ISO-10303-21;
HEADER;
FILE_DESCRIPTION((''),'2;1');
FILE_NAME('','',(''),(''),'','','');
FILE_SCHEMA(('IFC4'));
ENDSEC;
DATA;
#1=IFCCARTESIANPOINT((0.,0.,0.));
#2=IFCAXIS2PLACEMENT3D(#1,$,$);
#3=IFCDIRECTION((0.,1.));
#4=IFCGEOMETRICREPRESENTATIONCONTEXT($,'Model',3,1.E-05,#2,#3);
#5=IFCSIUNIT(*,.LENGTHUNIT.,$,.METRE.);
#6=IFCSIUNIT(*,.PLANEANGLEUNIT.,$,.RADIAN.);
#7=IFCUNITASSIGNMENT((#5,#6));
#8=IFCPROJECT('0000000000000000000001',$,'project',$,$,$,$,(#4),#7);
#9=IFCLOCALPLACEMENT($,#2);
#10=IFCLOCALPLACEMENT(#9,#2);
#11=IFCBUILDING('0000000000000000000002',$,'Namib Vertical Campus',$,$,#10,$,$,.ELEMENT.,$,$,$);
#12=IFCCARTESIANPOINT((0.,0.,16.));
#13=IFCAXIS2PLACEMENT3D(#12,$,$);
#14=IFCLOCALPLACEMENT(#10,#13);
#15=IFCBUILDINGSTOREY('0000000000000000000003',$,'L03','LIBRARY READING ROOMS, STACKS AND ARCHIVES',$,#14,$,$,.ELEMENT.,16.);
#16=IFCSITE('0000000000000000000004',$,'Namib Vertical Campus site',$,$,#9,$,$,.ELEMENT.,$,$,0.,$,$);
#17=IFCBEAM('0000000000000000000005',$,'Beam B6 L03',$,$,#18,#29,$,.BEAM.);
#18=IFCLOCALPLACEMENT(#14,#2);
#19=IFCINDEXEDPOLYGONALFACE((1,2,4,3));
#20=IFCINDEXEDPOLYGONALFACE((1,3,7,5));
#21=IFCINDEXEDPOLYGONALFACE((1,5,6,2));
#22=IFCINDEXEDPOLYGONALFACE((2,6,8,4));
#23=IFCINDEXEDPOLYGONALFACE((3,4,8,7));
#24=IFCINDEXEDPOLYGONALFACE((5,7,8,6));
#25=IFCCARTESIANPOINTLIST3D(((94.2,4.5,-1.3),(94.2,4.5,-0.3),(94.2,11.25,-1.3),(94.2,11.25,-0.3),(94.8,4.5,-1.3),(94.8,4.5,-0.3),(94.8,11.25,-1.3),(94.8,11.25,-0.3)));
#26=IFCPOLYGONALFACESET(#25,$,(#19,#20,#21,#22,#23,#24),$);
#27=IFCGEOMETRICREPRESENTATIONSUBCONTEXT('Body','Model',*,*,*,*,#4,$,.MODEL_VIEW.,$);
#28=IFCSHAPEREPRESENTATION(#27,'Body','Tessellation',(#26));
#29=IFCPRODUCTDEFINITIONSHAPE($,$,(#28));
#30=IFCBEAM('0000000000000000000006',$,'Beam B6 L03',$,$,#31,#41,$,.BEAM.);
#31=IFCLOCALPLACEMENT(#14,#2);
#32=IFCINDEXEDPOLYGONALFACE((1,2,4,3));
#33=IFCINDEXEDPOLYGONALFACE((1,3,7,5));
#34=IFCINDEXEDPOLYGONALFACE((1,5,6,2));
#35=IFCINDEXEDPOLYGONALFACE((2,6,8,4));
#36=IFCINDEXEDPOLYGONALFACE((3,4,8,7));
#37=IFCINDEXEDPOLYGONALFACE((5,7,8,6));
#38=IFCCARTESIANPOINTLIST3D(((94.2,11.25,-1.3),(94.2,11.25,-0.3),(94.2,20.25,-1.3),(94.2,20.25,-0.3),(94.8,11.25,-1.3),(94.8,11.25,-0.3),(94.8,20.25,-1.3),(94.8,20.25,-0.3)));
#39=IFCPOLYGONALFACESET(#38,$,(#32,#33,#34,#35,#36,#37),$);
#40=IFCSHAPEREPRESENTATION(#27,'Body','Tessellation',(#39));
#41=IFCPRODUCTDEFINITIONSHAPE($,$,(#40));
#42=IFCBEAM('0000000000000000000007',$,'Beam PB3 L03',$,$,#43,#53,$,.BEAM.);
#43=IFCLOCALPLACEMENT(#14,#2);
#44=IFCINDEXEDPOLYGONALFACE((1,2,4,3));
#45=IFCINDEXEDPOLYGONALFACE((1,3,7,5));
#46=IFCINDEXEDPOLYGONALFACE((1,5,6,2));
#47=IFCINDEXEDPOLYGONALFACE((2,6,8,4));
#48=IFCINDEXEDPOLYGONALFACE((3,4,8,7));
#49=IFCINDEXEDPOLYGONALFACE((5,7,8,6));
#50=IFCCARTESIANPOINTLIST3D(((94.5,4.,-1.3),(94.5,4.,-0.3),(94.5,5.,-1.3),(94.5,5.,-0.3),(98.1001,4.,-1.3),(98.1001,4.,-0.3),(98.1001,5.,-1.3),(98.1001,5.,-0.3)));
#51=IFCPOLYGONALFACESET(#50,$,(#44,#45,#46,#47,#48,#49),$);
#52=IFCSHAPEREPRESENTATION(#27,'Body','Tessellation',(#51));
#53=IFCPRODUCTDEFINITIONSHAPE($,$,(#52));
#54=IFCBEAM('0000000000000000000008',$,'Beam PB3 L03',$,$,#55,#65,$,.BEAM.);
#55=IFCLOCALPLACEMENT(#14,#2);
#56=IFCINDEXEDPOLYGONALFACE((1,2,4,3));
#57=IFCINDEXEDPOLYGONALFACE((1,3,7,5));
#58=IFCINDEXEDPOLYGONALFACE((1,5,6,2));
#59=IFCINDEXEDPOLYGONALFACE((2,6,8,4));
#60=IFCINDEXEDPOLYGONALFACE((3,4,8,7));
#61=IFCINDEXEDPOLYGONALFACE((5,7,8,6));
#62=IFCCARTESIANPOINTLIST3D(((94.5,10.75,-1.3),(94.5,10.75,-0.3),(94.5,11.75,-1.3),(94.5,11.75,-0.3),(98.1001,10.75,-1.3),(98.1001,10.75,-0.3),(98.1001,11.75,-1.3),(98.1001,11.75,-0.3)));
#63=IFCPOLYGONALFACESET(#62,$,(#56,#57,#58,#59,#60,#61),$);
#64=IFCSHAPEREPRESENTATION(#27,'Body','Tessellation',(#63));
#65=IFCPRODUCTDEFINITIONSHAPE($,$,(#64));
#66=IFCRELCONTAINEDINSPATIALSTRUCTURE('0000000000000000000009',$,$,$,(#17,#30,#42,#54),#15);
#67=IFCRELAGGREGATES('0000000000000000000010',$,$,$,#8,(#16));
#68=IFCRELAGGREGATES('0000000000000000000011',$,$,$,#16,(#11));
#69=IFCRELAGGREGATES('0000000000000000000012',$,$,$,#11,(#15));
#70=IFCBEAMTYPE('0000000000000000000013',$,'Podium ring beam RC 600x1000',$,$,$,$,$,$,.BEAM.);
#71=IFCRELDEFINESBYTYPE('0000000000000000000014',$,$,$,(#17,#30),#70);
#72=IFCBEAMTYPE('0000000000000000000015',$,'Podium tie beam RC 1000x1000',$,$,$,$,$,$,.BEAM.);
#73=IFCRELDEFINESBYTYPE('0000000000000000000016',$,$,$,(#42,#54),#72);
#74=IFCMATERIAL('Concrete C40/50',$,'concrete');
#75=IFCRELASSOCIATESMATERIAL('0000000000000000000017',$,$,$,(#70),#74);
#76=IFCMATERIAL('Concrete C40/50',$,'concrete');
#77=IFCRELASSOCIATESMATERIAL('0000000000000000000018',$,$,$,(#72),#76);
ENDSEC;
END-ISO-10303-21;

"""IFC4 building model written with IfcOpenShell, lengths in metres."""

from ifc_helpers import new_model, si_unit, direction, frame, origin, origin_2d, place, context, subcontext, project, spatial, rectangle, extrude, material, material_profile, profile_set, type_object, element, save


model = new_model("IFC4")

# Units and contexts
model_context = context("Model", 3, precision=1e-05, world=origin(), true_north=direction((0.0, 1.0)))
body_context = subcontext(model_context, "Body", "Model", "MODEL_VIEW")
ifc_project = project(units=[si_unit("LENGTHUNIT", "METRE"), si_unit("PLANEANGLEUNIT", "RADIAN")], contexts=[model_context])

# Site, building, storey
site_placement = place(None, origin())
site = spatial("IfcSite", under=ifc_project, at=site_placement, Name="Namib Vertical Campus site", CompositionType="ELEMENT", RefElevation=0.0)
building_placement = place(site_placement, origin())
building = spatial("IfcBuilding", under=site, at=building_placement, Name="Namib Vertical Campus", CompositionType="ELEMENT")
storey_placement = place(building_placement, frame((0.0, 0.0, 16.0)))
storey = spatial("IfcBuildingStorey", under=building, at=storey_placement, Name="L03", Description="LIBRARY READING ROOMS, STACKS AND ARCHIVES", CompositionType="ELEMENT", Elevation=16.0)

# Beams
ifc_material_1 = material(Name="Concrete C40/50", Category="concrete")
ifc_material_profile_1 = material_profile(ifc_material_1, rectangle(XDim=0.6001, YDim=1.0, at=origin_2d()))
ifc_profile_set_1 = profile_set([ifc_material_profile_1], Name="Concrete C40/50")
beam_type_1 = type_object("IfcBeamType", Name="Podium ring beam RC 600x1000", PredefinedType="BEAM", material=ifc_profile_set_1)
beam_1_placement = place(storey_placement, frame((94.5, 4.5, -0.8), z_axis=(0.0, 1.0, 0.0), x_axis=(-1.0, 0.0, 0.0)))
element("IfcBeam", 1, at=beam_1_placement, inside=storey, type_object=beam_type_1, Name="Beam B6 L03", PredefinedType="BEAM", context=body_context, shape_type="SweptSolid", body=[
    extrude(rectangle(XDim=0.6001, YDim=1.0, at=origin_2d()), origin(), (0.0, 0.0, 1.0), 6.75),
])
beam_2_placement = place(storey_placement, frame((94.5, 11.25, -0.8), z_axis=(0.0, 1.0, 0.0), x_axis=(-1.0, 0.0, 0.0)))
element("IfcBeam", 2, at=beam_2_placement, inside=storey, type_object=beam_type_1, Name="Beam B6 L03", PredefinedType="BEAM", context=body_context, shape_type="SweptSolid", body=[
    extrude(rectangle(XDim=0.6001, YDim=1.0, at=origin_2d()), origin(), (0.0, 0.0, 1.0), 9.0),
])
ifc_material_2 = material(Name="Concrete C40/50", Category="concrete")
ifc_material_profile_2 = material_profile(ifc_material_2, rectangle(XDim=1.0, YDim=1.0, at=origin_2d()))
ifc_profile_set_2 = profile_set([ifc_material_profile_2], Name="Concrete C40/50")
beam_type_2 = type_object("IfcBeamType", Name="Podium tie beam RC 1000x1000", PredefinedType="BEAM", material=ifc_profile_set_2)
for number, where, z_axis, x_axis, name in (
    (3, (94.5, 4.5, -0.8), (1.0, 0.0, 0.0), (0.0, 1.0, 0.0), "Beam PB3 L03"),
    (4, (94.5, 11.25, -0.8), (1.0, 0.0, 0.0), (0.0, 1.0, 0.0), "Beam PB3 L03"),
):
    element("IfcBeam", number, at=place(storey_placement, frame(where, z_axis=z_axis, x_axis=x_axis)), inside=storey, type_object=beam_type_2, Name=name, PredefinedType="BEAM", context=body_context, shape_type="SweptSolid", body=[
        extrude(rectangle(XDim=1.0, YDim=1.0, at=origin_2d()), origin(), (0.0, 0.0, 1.0), 3.6001),
    ])

save(model, "model.ifc")
